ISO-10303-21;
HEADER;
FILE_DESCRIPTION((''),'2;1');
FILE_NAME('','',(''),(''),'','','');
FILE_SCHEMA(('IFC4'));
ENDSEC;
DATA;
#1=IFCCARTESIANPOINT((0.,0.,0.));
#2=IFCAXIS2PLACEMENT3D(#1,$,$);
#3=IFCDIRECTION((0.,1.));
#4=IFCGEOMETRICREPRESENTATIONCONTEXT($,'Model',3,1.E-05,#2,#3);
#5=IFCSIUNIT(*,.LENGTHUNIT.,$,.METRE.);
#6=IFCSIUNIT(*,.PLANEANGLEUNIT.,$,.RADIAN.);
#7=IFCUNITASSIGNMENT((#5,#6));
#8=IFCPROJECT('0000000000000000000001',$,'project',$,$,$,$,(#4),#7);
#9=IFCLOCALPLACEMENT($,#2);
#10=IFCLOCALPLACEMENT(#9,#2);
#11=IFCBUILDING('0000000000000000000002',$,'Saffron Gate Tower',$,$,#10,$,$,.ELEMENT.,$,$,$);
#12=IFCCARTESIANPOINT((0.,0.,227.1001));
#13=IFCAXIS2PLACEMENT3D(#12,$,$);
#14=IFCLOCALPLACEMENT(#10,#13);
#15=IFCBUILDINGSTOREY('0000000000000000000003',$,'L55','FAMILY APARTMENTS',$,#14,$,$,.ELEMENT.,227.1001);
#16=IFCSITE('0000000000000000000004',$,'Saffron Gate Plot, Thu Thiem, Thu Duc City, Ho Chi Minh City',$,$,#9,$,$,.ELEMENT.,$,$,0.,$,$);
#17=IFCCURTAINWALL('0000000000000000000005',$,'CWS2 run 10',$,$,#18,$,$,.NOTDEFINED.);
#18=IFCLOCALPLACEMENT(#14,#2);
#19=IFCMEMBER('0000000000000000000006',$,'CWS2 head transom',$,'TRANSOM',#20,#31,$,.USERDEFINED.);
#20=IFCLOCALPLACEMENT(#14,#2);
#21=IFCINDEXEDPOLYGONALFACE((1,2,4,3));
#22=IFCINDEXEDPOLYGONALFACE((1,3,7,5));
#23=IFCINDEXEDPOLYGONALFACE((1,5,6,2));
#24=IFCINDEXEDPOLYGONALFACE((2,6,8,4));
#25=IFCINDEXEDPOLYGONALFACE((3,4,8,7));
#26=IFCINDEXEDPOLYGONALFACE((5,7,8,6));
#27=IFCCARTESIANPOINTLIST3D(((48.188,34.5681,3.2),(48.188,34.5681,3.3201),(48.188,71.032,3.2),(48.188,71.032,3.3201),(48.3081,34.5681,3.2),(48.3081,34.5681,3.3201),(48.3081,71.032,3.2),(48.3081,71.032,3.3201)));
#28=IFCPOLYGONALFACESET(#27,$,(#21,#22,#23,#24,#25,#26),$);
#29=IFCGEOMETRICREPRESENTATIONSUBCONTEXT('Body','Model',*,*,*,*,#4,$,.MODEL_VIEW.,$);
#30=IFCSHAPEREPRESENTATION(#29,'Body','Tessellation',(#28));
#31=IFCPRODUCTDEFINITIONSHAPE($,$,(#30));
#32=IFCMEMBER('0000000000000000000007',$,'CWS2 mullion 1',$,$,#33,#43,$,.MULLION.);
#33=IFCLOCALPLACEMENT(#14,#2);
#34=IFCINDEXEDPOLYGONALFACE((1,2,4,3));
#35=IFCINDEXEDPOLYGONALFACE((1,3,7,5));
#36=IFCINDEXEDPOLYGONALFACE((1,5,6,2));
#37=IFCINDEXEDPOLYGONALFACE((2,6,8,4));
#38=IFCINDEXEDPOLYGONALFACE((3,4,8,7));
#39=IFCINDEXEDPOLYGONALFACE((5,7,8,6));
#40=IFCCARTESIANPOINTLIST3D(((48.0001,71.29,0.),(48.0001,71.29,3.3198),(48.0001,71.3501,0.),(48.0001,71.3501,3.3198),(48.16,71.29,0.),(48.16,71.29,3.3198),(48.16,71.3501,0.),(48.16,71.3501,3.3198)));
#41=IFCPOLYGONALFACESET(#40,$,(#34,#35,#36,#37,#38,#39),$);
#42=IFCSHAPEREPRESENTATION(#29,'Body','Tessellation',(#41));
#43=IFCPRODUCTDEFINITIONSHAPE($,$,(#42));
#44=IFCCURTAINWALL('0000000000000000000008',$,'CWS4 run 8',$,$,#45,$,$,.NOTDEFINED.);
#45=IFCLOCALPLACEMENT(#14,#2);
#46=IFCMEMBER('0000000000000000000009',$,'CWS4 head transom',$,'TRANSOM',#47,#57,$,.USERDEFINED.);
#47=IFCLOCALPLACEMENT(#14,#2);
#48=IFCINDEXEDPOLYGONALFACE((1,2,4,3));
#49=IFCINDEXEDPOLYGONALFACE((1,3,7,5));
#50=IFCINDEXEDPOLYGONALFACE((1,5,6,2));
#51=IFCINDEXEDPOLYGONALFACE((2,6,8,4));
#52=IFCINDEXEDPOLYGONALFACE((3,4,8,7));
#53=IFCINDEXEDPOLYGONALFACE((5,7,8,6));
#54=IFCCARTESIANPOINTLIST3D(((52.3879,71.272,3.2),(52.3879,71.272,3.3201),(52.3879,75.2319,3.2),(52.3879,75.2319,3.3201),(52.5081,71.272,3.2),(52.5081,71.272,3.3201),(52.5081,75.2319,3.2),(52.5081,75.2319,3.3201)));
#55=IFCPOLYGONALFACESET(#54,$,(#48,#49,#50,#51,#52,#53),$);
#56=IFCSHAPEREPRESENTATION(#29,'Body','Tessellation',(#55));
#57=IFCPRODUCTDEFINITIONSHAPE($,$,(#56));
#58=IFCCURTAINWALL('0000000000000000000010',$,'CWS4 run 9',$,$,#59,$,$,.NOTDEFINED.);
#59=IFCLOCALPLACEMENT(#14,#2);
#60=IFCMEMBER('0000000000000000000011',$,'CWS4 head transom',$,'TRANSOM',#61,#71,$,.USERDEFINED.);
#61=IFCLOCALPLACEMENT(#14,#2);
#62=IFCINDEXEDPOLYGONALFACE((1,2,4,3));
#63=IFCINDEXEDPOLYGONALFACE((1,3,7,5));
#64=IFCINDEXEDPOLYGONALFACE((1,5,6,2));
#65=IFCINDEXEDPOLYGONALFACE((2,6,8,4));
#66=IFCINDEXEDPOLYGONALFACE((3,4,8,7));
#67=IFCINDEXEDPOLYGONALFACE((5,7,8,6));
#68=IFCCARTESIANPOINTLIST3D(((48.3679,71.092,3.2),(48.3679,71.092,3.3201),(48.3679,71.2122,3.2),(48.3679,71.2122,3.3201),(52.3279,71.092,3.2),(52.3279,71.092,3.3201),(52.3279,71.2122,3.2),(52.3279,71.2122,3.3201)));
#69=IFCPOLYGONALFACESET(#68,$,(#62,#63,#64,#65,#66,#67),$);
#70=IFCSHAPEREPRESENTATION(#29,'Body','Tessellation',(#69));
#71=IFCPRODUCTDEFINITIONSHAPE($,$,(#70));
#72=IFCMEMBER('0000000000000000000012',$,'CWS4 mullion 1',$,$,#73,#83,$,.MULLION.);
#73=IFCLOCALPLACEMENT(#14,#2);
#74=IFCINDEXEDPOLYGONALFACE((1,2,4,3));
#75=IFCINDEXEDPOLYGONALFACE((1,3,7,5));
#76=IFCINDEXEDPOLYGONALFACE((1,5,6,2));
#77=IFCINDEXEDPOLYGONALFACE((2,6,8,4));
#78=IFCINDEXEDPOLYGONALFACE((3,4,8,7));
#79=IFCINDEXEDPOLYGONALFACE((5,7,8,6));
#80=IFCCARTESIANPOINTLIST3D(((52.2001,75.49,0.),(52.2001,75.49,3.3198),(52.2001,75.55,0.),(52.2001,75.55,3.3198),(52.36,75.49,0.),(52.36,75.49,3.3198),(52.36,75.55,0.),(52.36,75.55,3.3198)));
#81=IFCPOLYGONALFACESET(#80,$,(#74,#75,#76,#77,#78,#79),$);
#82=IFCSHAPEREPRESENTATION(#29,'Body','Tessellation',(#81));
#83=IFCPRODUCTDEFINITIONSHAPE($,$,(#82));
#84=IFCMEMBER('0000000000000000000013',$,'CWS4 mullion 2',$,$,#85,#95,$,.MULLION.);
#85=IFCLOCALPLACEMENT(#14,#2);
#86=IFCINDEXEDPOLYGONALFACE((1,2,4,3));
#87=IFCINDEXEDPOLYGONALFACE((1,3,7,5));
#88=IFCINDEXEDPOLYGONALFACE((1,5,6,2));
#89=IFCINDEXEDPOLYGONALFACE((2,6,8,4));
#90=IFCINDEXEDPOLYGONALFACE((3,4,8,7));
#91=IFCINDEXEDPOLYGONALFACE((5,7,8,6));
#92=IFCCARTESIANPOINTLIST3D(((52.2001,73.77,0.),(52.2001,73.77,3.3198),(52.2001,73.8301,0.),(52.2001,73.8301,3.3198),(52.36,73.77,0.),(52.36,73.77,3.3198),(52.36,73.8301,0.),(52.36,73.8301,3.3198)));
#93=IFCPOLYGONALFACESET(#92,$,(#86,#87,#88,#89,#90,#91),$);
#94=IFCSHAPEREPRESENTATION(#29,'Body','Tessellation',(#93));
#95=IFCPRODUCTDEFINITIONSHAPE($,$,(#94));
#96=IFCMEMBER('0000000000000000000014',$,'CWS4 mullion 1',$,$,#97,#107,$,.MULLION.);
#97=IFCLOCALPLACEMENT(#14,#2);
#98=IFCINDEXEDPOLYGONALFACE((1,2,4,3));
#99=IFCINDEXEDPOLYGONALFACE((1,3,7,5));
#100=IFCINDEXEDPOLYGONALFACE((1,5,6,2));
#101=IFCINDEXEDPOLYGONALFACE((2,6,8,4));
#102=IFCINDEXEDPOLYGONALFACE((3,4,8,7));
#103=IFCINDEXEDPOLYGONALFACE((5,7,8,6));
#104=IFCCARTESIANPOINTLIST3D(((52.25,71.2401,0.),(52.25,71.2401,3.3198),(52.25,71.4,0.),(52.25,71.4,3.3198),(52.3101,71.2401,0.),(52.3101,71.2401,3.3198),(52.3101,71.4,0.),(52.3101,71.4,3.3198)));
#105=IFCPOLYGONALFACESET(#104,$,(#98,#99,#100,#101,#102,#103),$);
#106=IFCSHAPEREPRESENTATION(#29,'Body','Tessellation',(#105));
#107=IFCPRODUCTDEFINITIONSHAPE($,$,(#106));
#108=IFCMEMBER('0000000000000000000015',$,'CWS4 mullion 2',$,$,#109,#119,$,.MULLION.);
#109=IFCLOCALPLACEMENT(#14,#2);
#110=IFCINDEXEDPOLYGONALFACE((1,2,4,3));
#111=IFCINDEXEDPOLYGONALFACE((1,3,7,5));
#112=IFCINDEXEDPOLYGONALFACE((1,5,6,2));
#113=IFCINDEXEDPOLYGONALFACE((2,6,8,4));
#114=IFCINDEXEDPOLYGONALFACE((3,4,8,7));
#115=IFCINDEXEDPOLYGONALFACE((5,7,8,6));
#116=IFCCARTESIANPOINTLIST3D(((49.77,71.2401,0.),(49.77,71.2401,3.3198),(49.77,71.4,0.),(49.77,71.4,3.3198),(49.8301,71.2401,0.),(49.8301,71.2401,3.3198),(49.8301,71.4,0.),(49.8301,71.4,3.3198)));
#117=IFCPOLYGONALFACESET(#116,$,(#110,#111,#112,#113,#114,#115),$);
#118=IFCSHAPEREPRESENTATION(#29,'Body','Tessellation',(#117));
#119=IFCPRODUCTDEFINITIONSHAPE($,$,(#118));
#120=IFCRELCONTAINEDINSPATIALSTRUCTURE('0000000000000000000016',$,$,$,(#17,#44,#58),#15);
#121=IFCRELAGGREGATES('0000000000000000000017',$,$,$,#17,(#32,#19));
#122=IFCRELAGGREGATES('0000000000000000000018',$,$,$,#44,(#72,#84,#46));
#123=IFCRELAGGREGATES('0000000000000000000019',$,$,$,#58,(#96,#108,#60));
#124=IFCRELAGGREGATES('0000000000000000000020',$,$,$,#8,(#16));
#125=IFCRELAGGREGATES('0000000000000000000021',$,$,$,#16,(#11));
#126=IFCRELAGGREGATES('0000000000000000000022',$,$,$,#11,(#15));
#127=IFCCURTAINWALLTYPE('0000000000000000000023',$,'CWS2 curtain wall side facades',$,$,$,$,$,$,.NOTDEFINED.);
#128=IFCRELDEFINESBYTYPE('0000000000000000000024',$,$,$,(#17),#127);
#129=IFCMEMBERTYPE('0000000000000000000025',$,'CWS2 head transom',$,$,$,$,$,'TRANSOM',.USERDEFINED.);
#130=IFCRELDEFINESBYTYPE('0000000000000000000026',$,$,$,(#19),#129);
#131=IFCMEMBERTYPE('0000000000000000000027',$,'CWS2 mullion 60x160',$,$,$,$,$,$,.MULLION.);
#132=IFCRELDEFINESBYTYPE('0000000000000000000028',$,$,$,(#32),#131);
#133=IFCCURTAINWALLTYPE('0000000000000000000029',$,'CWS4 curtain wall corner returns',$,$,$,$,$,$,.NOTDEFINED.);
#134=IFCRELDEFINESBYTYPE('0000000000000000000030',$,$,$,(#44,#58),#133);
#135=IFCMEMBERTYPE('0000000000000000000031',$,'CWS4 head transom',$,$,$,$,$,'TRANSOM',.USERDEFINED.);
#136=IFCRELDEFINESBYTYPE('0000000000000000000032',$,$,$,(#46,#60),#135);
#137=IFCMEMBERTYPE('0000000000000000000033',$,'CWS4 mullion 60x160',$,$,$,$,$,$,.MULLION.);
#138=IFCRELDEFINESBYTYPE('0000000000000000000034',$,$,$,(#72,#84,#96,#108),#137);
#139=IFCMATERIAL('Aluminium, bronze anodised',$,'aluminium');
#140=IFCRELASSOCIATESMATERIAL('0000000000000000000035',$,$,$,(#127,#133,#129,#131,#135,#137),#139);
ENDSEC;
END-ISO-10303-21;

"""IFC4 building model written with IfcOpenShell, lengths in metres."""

from ifc_helpers import new_model, si_unit, direction, frame, origin, origin_2d, place, context, subcontext, project, spatial, rectangle, extrude, material, material_profile, profile_set, type_object, element, aggregate, save


model = new_model("IFC4")

# Units and contexts
model_context = context("Model", 3, precision=1e-05, world=origin(), true_north=direction((0.0, 1.0)))
body_context = subcontext(model_context, "Body", "Model", "MODEL_VIEW")
ifc_project = project(units=[si_unit("LENGTHUNIT", "METRE"), si_unit("PLANEANGLEUNIT", "RADIAN")], contexts=[model_context])

# Site, building, storey
site_placement = place(None, origin())
site = spatial("IfcSite", under=ifc_project, at=site_placement, Name="Saffron Gate Plot, Thu Thiem, Thu Duc City, Ho Chi Minh City", CompositionType="ELEMENT", RefElevation=0.0)
building_placement = place(site_placement, origin())
building = spatial("IfcBuilding", under=site, at=building_placement, Name="Saffron Gate Tower", CompositionType="ELEMENT")
storey_placement = place(building_placement, frame((0.0, 0.0, 227.1001)))
storey = spatial("IfcBuildingStorey", under=building, at=storey_placement, Name="L55", Description="FAMILY APARTMENTS", CompositionType="ELEMENT", Elevation=227.1001)

# Curtain wall, members
ifc_material_1 = material(Name="Aluminium, bronze anodised", Category="aluminium")
curtain_wall_type_1 = type_object("IfcCurtainWallType", Name="CWS2 curtain wall side facades", PredefinedType="NOTDEFINED", material=ifc_material_1)
curtain_wall_1_placement = place(storey_placement, origin())
curtain_wall_1 = element("IfcCurtainWall", 1, at=curtain_wall_1_placement, inside=storey, type_object=curtain_wall_type_1, Name="CWS2 run 10", PredefinedType="NOTDEFINED")
ifc_material_profile_1 = material_profile(ifc_material_1, rectangle(XDim=0.1201, YDim=0.1201, at=origin_2d()))
ifc_profile_set_1 = profile_set([ifc_material_profile_1], Name="Aluminium, bronze anodised")
member_type_1 = type_object("IfcMemberType", Name="CWS2 head transom", ElementType="TRANSOM", PredefinedType="USERDEFINED", material=ifc_profile_set_1)
member_1_placement = place(storey_placement, frame((48.248, 71.032, 3.26), z_axis=(0.0, -1.0, 0.0), x_axis=(1.0, 0.0, 0.0)))
member_1 = element("IfcMember", 2, at=member_1_placement, type_object=member_type_1, Name="CWS2 head transom", ObjectType="TRANSOM", PredefinedType="USERDEFINED", context=body_context, shape_type="SweptSolid", body=[
    extrude(rectangle(XDim=0.1201, YDim=0.1201, at=origin_2d()), origin(), (0.0, 0.0, 1.0), 36.4639),
])
ifc_material_profile_2 = material_profile(ifc_material_1, rectangle(XDim=0.1599, YDim=0.0601, at=origin_2d()))
ifc_profile_set_2 = profile_set([ifc_material_profile_2], Name="Aluminium, bronze anodised")
member_type_2 = type_object("IfcMemberType", Name="CWS2 mullion 60x160", PredefinedType="MULLION", material=ifc_profile_set_2)
member_2_placement = place(storey_placement, frame((48.0801, 71.3201, 0.0), z_axis=(0.0, 0.0, 1.0), x_axis=(1.0, 0.0, 0.0)))
member_2 = element("IfcMember", 3, at=member_2_placement, type_object=member_type_2, Name="CWS2 mullion 1", PredefinedType="MULLION", context=body_context, shape_type="SweptSolid", body=[
    extrude(rectangle(XDim=0.1599, YDim=0.0601, at=origin_2d()), origin(), (0.0, 0.0, 1.0), 3.3198),
])

# Curtain walls, members
curtain_wall_type_2 = type_object("IfcCurtainWallType", Name="CWS4 curtain wall corner returns", PredefinedType="NOTDEFINED", material=ifc_material_1)
curtain_wall_2_placement = place(storey_placement, origin())
curtain_wall_2 = element("IfcCurtainWall", 4, at=curtain_wall_2_placement, inside=storey, type_object=curtain_wall_type_2, Name="CWS4 run 8", PredefinedType="NOTDEFINED")
ifc_material_profile_3 = material_profile(ifc_material_1, rectangle(XDim=0.1201, YDim=0.1201, at=origin_2d()))
ifc_profile_set_3 = profile_set([ifc_material_profile_3], Name="Aluminium, bronze anodised")
member_type_3 = type_object("IfcMemberType", Name="CWS4 head transom", ElementType="TRANSOM", PredefinedType="USERDEFINED", material=ifc_profile_set_3)
member_3_placement = place(storey_placement, frame((52.448, 75.2319, 3.26), z_axis=(0.0, -1.0, 0.0), x_axis=(1.0, 0.0, 0.0)))
member_3 = element("IfcMember", 5, at=member_3_placement, type_object=member_type_3, Name="CWS4 head transom", ObjectType="TRANSOM", PredefinedType="USERDEFINED", context=body_context, shape_type="SweptSolid", body=[
    extrude(rectangle(XDim=0.1201, YDim=0.1201, at=origin_2d()), origin(), (0.0, 0.0, 1.0), 3.96),
])
curtain_wall_3_placement = place(storey_placement, origin())
curtain_wall_3 = element("IfcCurtainWall", 6, at=curtain_wall_3_placement, inside=storey, type_object=curtain_wall_type_2, Name="CWS4 run 9", PredefinedType="NOTDEFINED")
member_4_placement = place(storey_placement, frame((52.3279, 71.1521, 3.26), z_axis=(-1.0, 0.0, 0.0), x_axis=(0.0, -1.0, 0.0)))
member_4 = element("IfcMember", 7, at=member_4_placement, type_object=member_type_3, Name="CWS4 head transom", ObjectType="TRANSOM", PredefinedType="USERDEFINED", context=body_context, shape_type="SweptSolid", body=[
    extrude(rectangle(XDim=0.1201, YDim=0.1201, at=origin_2d()), origin(), (0.0, 0.0, 1.0), 3.96),
])

# Members
ifc_material_profile_4 = material_profile(ifc_material_1, rectangle(XDim=0.1599, YDim=0.0601, at=origin_2d()))
ifc_profile_set_4 = profile_set([ifc_material_profile_4], Name="Aluminium, bronze anodised")
member_type_4 = type_object("IfcMemberType", Name="CWS4 mullion 60x160", PredefinedType="MULLION", material=ifc_profile_set_4)
member_5_placement = place(storey_placement, frame((52.28, 75.52, 0.0), z_axis=(0.0, 0.0, 1.0), x_axis=(1.0, 0.0, 0.0)))
member_5 = element("IfcMember", 8, at=member_5_placement, type_object=member_type_4, Name="CWS4 mullion 1", PredefinedType="MULLION", context=body_context, shape_type="SweptSolid", body=[
    extrude(rectangle(XDim=0.1599, YDim=0.0601, at=origin_2d()), origin(), (0.0, 0.0, 1.0), 3.3198),
])
member_6_placement = place(storey_placement, frame((52.28, 73.8, 0.0), z_axis=(0.0, 0.0, 1.0), x_axis=(1.0, 0.0, 0.0)))
member_6 = element("IfcMember", 9, at=member_6_placement, type_object=member_type_4, Name="CWS4 mullion 2", PredefinedType="MULLION", context=body_context, shape_type="SweptSolid", body=[
    extrude(rectangle(XDim=0.1599, YDim=0.0601, at=origin_2d()), origin(), (0.0, 0.0, 1.0), 3.3198),
])
member_7_placement = place(storey_placement, frame((52.28, 71.3201, 0.0), z_axis=(0.0, 0.0, 1.0), x_axis=(0.0, -1.0, 0.0)))
member_7 = element("IfcMember", 10, at=member_7_placement, type_object=member_type_4, Name="CWS4 mullion 1", PredefinedType="MULLION", context=body_context, shape_type="SweptSolid", body=[
    extrude(rectangle(XDim=0.1599, YDim=0.0601, at=origin_2d()), origin(), (0.0, 0.0, 1.0), 3.3198),
])
member_8_placement = place(storey_placement, frame((49.8, 71.3201, 0.0), z_axis=(0.0, 0.0, 1.0), x_axis=(0.0, -1.0, 0.0)))
member_8 = element("IfcMember", 11, at=member_8_placement, type_object=member_type_4, Name="CWS4 mullion 2", PredefinedType="MULLION", context=body_context, shape_type="SweptSolid", body=[
    extrude(rectangle(XDim=0.1599, YDim=0.0601, at=origin_2d()), origin(), (0.0, 0.0, 1.0), 3.3198),
])

aggregate(curtain_wall_1, [member_2, member_1])

aggregate(curtain_wall_2, [member_5, member_6, member_3])
aggregate(curtain_wall_3, [member_7, member_8, member_4])

save(model, "model.ifc")
